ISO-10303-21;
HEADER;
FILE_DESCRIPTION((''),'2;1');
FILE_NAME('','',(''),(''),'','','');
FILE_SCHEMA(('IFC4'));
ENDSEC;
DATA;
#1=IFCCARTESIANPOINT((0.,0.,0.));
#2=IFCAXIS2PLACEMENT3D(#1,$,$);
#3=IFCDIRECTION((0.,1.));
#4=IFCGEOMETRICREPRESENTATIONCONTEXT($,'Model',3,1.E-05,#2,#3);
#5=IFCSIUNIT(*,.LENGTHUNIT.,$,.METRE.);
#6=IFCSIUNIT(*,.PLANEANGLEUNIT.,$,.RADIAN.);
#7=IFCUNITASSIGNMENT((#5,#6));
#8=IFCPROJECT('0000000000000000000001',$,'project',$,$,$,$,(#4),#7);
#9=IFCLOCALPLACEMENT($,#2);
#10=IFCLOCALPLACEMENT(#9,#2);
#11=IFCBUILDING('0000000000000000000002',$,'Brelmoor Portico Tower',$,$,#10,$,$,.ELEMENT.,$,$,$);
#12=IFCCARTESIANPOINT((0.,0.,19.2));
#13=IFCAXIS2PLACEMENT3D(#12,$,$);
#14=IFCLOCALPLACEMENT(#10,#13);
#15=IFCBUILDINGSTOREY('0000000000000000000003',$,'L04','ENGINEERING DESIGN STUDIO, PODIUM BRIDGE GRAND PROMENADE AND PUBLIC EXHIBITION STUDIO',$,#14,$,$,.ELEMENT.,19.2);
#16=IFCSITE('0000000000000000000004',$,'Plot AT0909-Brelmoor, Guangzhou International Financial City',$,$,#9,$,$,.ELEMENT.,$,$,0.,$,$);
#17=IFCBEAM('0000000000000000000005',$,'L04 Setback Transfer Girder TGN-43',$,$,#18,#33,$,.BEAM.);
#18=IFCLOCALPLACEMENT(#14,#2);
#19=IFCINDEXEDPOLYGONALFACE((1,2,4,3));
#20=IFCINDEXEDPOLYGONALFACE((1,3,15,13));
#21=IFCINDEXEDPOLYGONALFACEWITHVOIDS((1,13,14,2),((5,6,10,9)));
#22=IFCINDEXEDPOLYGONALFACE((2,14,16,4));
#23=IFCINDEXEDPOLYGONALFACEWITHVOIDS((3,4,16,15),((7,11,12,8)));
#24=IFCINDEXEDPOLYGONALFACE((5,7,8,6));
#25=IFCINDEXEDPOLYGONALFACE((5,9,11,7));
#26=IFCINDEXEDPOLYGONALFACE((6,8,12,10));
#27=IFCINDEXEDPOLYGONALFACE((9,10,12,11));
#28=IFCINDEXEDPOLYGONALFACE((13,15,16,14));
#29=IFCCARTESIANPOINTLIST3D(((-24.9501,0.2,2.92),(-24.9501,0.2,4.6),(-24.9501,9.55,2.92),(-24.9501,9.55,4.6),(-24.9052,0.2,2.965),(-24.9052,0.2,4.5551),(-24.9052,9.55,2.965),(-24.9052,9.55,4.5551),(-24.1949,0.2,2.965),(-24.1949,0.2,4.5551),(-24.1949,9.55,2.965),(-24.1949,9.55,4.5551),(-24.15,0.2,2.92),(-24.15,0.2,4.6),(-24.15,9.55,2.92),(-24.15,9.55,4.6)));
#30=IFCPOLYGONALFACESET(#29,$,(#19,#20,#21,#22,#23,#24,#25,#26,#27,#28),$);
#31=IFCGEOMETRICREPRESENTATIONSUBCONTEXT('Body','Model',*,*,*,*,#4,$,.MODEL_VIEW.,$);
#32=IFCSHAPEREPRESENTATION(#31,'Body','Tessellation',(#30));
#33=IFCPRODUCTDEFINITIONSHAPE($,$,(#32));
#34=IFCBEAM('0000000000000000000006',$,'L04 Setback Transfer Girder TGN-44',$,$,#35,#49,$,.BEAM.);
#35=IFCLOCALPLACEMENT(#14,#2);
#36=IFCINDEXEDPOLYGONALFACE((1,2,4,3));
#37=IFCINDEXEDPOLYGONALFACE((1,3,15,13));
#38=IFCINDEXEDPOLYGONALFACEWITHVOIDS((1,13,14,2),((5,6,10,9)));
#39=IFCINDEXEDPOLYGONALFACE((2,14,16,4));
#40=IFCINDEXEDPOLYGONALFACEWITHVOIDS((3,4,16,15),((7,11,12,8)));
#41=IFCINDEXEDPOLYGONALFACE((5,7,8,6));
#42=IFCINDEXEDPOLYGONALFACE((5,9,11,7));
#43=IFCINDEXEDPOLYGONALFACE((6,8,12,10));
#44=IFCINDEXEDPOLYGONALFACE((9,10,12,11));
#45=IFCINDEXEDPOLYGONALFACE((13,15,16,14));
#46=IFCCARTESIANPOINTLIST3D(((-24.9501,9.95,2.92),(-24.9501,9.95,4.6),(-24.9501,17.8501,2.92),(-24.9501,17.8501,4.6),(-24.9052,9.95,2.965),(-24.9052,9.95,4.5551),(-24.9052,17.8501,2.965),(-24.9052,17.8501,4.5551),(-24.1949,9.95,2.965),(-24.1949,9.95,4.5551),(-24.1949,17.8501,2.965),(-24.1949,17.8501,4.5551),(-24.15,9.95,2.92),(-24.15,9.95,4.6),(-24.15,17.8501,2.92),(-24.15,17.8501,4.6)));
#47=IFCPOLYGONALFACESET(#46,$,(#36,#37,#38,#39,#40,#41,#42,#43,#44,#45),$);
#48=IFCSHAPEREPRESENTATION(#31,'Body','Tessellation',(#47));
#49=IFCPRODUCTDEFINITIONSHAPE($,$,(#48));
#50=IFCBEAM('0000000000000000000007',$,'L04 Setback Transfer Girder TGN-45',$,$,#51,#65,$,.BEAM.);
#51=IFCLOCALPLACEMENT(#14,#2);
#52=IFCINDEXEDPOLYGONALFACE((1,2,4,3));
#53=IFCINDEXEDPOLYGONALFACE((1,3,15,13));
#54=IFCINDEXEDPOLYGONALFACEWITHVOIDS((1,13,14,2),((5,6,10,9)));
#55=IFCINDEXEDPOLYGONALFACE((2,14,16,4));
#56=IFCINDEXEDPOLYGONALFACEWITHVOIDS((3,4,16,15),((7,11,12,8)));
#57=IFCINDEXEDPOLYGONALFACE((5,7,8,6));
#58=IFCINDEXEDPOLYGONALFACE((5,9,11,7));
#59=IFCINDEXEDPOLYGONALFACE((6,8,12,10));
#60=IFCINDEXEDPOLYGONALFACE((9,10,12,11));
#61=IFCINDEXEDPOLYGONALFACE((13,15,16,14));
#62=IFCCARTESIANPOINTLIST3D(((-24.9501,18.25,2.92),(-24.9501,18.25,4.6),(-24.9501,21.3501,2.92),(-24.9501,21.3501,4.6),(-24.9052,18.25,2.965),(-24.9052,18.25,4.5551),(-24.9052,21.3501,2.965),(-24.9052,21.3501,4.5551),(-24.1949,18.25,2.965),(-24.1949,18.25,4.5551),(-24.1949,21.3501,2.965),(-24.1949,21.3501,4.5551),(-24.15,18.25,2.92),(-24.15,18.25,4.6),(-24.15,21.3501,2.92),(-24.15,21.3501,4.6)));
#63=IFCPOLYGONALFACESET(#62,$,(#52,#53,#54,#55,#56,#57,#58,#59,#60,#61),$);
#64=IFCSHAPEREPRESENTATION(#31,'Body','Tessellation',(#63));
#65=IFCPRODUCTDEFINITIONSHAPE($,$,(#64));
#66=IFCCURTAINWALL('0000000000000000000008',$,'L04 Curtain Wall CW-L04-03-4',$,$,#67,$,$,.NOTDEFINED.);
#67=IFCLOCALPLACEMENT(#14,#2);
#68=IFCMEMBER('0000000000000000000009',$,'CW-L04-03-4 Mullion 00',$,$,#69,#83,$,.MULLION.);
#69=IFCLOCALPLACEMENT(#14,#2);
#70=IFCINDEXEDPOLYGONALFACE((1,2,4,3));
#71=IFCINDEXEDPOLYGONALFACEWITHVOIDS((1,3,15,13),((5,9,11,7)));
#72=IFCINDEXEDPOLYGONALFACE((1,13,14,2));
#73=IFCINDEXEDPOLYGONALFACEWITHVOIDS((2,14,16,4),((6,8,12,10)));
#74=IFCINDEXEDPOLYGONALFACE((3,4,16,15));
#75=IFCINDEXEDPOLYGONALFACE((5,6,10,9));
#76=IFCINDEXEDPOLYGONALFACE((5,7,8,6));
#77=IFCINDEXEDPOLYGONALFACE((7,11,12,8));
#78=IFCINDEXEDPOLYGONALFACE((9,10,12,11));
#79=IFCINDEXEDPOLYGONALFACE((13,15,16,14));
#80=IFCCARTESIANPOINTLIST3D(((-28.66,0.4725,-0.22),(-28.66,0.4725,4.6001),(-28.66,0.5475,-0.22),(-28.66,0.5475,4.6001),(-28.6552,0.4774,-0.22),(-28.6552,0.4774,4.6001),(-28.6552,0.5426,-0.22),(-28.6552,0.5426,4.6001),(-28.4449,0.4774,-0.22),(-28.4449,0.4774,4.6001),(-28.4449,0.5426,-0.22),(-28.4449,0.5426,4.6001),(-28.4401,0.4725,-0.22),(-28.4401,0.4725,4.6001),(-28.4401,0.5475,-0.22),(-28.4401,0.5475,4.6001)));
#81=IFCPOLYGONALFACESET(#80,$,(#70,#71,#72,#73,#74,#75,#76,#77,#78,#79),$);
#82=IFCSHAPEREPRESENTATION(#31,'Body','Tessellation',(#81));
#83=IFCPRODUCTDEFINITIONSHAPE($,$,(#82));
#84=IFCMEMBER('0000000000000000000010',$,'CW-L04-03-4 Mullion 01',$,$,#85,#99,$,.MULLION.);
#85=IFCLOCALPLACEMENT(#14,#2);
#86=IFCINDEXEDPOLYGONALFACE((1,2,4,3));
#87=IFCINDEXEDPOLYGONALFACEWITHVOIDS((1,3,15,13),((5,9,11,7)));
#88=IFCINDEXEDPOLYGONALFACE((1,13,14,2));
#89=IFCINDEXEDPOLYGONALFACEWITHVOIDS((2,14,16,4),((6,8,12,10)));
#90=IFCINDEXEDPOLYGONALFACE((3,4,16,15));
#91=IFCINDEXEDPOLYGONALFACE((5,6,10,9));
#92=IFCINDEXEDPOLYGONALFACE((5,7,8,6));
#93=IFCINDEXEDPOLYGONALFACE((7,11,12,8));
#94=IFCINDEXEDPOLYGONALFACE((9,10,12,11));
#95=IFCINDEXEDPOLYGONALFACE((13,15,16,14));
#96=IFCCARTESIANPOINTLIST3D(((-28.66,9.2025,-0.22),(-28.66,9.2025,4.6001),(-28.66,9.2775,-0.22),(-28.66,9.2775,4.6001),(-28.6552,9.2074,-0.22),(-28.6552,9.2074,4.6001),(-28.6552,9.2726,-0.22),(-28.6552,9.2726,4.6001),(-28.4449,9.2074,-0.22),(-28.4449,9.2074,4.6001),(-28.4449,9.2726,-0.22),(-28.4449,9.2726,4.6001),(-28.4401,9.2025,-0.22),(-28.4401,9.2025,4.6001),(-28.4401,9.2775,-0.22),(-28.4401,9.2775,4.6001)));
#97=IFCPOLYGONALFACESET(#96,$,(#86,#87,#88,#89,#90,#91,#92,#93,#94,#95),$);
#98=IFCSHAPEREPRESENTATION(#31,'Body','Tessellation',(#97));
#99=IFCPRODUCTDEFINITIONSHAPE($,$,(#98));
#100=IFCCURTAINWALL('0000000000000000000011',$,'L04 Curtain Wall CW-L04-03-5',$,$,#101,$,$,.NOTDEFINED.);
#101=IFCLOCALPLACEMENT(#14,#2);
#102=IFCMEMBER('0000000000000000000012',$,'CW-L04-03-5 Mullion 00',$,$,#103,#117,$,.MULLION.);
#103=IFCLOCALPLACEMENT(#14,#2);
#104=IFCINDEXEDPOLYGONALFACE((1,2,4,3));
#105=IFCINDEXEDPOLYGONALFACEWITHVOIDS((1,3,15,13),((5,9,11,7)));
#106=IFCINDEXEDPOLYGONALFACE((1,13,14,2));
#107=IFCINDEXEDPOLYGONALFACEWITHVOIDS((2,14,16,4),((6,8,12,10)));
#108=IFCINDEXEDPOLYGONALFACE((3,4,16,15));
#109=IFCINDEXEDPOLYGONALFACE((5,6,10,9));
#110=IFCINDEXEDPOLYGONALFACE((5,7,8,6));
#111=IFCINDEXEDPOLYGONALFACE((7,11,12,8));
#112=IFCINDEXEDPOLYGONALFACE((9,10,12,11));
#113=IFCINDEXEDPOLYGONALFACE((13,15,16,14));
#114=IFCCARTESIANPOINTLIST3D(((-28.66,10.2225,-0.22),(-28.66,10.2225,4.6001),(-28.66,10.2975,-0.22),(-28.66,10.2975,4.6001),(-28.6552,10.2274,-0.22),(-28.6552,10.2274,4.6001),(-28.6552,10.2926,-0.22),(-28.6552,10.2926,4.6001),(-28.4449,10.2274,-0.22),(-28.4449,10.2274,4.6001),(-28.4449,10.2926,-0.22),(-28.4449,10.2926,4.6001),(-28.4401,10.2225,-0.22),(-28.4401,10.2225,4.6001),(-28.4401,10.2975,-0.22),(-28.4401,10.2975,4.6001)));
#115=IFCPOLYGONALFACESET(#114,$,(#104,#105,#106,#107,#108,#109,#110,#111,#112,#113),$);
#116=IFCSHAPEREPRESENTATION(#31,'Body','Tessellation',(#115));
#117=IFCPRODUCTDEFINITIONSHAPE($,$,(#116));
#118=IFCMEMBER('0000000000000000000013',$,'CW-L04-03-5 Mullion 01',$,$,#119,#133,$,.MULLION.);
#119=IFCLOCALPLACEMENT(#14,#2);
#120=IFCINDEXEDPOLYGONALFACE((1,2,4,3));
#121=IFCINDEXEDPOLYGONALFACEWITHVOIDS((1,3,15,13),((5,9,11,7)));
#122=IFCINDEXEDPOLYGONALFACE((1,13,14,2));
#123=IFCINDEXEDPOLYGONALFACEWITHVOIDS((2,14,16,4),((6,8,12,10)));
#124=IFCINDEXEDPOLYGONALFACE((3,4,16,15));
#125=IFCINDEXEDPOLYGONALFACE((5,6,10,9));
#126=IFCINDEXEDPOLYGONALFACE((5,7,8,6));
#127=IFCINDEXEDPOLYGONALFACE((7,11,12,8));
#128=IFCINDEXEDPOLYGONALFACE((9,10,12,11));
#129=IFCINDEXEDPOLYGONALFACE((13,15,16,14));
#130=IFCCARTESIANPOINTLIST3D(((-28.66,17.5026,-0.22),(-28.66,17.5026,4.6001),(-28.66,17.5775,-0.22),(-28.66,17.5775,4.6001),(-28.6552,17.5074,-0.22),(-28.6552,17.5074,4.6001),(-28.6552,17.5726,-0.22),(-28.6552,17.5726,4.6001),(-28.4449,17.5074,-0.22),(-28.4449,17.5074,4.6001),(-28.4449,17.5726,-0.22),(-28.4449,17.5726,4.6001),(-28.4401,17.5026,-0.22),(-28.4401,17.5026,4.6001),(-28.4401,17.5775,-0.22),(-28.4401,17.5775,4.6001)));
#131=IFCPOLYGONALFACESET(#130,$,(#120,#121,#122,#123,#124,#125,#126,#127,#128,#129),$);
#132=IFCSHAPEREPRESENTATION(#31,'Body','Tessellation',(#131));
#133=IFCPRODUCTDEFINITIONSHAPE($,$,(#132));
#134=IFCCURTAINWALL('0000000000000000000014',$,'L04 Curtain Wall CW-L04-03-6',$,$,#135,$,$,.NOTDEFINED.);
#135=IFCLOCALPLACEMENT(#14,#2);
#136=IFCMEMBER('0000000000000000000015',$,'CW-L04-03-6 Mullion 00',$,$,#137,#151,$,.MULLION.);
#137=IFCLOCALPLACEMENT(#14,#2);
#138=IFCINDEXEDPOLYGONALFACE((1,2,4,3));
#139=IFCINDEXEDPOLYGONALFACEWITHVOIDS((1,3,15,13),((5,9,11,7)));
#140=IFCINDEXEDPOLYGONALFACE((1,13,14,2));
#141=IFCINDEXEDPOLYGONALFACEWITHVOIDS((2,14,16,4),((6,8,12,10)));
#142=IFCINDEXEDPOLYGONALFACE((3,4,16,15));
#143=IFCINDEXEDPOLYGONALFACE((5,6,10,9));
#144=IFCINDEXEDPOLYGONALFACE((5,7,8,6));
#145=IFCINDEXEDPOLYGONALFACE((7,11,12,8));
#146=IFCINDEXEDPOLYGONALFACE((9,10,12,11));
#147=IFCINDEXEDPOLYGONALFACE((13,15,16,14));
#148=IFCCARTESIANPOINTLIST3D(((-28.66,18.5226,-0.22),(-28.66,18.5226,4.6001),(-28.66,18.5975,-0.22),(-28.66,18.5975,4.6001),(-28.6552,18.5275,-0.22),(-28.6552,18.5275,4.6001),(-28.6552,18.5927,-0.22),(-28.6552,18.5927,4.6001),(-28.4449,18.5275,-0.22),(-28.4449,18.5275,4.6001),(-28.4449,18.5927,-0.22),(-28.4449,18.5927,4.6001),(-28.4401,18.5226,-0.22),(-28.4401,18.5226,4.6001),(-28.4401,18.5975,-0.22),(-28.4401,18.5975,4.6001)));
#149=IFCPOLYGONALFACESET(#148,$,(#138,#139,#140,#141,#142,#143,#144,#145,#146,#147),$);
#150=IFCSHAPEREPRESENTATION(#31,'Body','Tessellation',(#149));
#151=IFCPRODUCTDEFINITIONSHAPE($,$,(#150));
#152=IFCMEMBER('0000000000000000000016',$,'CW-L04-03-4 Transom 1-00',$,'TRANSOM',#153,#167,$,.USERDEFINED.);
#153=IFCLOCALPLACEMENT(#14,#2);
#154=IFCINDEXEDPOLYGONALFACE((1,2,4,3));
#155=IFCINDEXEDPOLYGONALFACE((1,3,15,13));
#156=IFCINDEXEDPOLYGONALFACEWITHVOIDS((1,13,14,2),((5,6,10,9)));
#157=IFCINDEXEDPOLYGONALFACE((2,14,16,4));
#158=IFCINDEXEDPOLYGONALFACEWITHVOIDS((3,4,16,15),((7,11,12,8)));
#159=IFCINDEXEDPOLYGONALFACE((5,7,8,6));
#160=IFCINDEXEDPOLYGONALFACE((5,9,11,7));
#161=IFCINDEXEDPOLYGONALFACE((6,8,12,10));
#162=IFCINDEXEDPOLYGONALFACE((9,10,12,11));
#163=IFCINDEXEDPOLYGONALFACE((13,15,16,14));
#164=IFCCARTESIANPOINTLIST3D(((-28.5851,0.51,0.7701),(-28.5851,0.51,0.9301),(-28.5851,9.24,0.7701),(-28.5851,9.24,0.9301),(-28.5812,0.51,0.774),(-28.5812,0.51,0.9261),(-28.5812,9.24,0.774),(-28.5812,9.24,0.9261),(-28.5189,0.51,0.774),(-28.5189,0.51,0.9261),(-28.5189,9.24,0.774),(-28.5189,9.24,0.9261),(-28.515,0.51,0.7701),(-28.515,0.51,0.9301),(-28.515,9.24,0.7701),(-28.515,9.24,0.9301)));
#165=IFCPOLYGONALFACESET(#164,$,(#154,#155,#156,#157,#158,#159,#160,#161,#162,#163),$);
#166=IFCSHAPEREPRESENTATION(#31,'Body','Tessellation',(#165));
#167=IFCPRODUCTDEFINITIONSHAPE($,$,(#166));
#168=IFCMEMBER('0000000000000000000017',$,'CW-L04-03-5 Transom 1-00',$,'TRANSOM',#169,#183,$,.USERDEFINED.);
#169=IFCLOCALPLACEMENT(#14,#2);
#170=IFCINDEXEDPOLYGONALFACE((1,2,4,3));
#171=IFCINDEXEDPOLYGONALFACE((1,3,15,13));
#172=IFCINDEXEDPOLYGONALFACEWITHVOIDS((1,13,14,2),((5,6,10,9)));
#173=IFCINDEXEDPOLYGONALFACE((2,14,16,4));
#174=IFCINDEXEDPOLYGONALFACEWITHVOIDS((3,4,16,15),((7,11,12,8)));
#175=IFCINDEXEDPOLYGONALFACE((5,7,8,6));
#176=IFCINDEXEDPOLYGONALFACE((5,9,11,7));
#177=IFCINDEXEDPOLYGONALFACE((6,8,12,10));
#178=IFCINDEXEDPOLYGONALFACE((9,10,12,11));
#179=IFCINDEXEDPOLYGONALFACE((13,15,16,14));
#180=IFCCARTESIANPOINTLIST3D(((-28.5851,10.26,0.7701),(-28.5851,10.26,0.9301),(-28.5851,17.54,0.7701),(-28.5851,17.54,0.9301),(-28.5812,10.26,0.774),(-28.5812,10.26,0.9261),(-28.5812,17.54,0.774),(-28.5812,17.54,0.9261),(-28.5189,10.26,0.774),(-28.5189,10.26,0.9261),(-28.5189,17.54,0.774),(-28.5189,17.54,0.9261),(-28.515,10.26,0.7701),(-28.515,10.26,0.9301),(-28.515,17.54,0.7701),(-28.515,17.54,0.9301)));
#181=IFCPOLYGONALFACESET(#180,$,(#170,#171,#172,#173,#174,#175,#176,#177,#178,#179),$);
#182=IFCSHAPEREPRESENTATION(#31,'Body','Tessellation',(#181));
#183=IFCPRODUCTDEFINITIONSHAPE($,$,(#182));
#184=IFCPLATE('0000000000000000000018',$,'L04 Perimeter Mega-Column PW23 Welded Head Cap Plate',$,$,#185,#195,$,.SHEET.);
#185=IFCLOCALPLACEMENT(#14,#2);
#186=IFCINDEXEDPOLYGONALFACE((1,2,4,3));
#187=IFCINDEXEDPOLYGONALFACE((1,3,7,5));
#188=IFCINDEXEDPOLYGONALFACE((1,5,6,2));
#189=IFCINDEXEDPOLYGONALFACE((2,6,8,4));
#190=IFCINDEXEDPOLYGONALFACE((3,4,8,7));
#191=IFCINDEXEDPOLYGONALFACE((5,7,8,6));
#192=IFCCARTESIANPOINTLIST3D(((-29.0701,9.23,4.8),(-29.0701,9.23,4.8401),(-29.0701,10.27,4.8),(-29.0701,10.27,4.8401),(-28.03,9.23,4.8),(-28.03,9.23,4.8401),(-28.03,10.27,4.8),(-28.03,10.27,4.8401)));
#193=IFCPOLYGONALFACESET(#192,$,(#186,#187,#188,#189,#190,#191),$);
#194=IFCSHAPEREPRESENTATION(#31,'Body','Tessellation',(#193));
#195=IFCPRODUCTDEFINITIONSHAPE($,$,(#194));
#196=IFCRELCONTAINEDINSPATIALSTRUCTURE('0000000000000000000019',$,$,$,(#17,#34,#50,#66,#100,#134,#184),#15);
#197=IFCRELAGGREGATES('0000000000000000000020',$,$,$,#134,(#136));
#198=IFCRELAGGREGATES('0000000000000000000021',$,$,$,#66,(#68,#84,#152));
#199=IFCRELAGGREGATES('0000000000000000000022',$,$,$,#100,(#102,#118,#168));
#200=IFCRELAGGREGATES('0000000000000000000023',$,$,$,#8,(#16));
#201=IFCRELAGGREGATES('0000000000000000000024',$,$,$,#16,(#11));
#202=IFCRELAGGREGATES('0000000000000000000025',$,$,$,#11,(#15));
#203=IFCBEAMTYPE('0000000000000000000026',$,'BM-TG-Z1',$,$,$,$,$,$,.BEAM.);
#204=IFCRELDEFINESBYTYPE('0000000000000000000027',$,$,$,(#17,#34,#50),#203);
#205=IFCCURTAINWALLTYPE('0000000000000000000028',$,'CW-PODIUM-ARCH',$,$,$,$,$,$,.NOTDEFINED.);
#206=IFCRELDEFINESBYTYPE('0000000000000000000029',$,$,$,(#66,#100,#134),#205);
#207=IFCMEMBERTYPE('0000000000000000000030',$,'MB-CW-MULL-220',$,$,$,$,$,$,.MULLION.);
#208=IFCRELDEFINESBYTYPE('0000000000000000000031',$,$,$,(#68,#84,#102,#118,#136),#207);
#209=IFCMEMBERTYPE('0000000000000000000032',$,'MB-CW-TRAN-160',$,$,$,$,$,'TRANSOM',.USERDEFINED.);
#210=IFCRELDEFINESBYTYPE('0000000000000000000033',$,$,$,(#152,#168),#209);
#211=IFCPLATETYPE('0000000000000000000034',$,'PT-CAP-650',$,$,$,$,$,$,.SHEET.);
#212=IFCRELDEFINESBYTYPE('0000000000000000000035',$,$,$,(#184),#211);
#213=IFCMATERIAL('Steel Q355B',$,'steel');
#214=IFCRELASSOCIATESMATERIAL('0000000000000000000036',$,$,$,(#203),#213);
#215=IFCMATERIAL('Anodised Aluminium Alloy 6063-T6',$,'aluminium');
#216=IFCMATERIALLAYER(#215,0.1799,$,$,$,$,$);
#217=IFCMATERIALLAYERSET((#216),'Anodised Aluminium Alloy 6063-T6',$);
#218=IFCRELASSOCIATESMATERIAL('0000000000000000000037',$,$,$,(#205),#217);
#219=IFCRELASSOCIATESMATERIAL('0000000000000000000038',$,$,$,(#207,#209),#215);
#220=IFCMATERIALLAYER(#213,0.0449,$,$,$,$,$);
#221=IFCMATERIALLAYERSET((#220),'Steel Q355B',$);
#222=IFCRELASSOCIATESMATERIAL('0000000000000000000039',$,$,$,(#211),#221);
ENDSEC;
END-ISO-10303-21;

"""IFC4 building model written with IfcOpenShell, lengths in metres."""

from ifc_helpers import new_model, si_unit, direction, frame, origin, origin_2d, place, context, subcontext, project, spatial, rectangle, hollow_rectangle, extrude, material, layer, layer_set, material_profile, profile_set, type_object, element, aggregate, save


model = new_model("IFC4")

# Units and contexts
model_context = context("Model", 3, precision=1e-05, world=origin(), true_north=direction((0.0, 1.0)))
body_context = subcontext(model_context, "Body", "Model", "MODEL_VIEW")
ifc_project = project(units=[si_unit("LENGTHUNIT", "METRE"), si_unit("PLANEANGLEUNIT", "RADIAN")], contexts=[model_context])

# Site, building, storey
site_placement = place(None, origin())
site = spatial("IfcSite", under=ifc_project, at=site_placement, Name="Plot AT0909-Brelmoor, Guangzhou International Financial City", CompositionType="ELEMENT", RefElevation=0.0)
building_placement = place(site_placement, origin())
building = spatial("IfcBuilding", under=site, at=building_placement, Name="Brelmoor Portico Tower", CompositionType="ELEMENT")
storey_placement = place(building_placement, frame((0.0, 0.0, 19.2)))
storey = spatial("IfcBuildingStorey", under=building, at=storey_placement, Name="L04", Description="ENGINEERING DESIGN STUDIO, PODIUM BRIDGE GRAND PROMENADE AND PUBLIC EXHIBITION STUDIO", CompositionType="ELEMENT", Elevation=19.2)

# Shared definitions
ifc_material_1 = material(Name="Steel Q355B", Category="steel")

# Beams
ifc_material_profile_1 = material_profile(ifc_material_1, hollow_rectangle(XDim=0.8, YDim=1.6799, WallThickness=0.0449, at=origin_2d()), Name="BOX 800x1680x45")
ifc_profile_set_1 = profile_set([ifc_material_profile_1], Name="Steel Q355B")
beam_type = type_object("IfcBeamType", Name="BM-TG-Z1", PredefinedType="BEAM", material=ifc_profile_set_1)
beam_1_placement = place(storey_placement, frame((-24.55, 0.2, 3.76), z_axis=(0.0, 1.0, 0.0), x_axis=(-1.0, 0.0, 0.0)))
element("IfcBeam", 1, at=beam_1_placement, inside=storey, type_object=beam_type, Name="L04 Setback Transfer Girder TGN-43", PredefinedType="BEAM", context=body_context, shape_type="SweptSolid", body=[
    extrude(hollow_rectangle(XDim=0.8, YDim=1.6799, WallThickness=0.0449, at=origin_2d()), origin(), (0.0, 0.0, 1.0), 9.3501),
])
beam_2_placement = place(storey_placement, frame((-24.55, 9.95, 3.76), z_axis=(0.0, 1.0, 0.0), x_axis=(-1.0, 0.0, 0.0)))
element("IfcBeam", 2, at=beam_2_placement, inside=storey, type_object=beam_type, Name="L04 Setback Transfer Girder TGN-44", PredefinedType="BEAM", context=body_context, shape_type="SweptSolid", body=[
    extrude(hollow_rectangle(XDim=0.8, YDim=1.6799, WallThickness=0.0449, at=origin_2d()), origin(), (0.0, 0.0, 1.0), 7.9001),
])
beam_3_placement = place(storey_placement, frame((-24.55, 18.25, 3.76), z_axis=(0.0, 1.0, 0.0), x_axis=(-1.0, 0.0, 0.0)))
element("IfcBeam", 3, at=beam_3_placement, inside=storey, type_object=beam_type, Name="L04 Setback Transfer Girder TGN-45", PredefinedType="BEAM", context=body_context, shape_type="SweptSolid", body=[
    extrude(hollow_rectangle(XDim=0.8, YDim=1.6799, WallThickness=0.0449, at=origin_2d()), origin(), (0.0, 0.0, 1.0), 3.1001),
])

# Curtain walls, members
ifc_material_2 = material(Name="Anodised Aluminium Alloy 6063-T6", Category="aluminium")
ifc_layer_1 = layer(ifc_material_2, 0.1799)
ifc_layer_set_1 = layer_set([ifc_layer_1], Name="Anodised Aluminium Alloy 6063-T6")
curtain_wall_type = type_object("IfcCurtainWallType", Name="CW-PODIUM-ARCH", PredefinedType="NOTDEFINED", material=ifc_layer_set_1)
curtain_wall_1_placement = place(storey_placement, origin())
curtain_wall_1 = element("IfcCurtainWall", 4, at=curtain_wall_1_placement, inside=storey, type_object=curtain_wall_type, Name="L04 Curtain Wall CW-L04-03-4", PredefinedType="NOTDEFINED")
ifc_material_profile_2 = material_profile(ifc_material_2, hollow_rectangle(XDim=0.075, YDim=0.22, WallThickness=0.0049, at=origin_2d()), Name="ALU MULLION 75x220")
ifc_profile_set_2 = profile_set([ifc_material_profile_2], Name="Anodised Aluminium Alloy 6063-T6")
member_type_1 = type_object("IfcMemberType", Name="MB-CW-MULL-220", PredefinedType="MULLION", material=ifc_profile_set_2)
member_1_placement = place(storey_placement, frame((-28.55, 0.51, -0.22), z_axis=(0.0, 0.0, 1.0), x_axis=(0.0, 1.0, 0.0)))
member_1 = element("IfcMember", 5, at=member_1_placement, type_object=member_type_1, Name="CW-L04-03-4 Mullion 00", PredefinedType="MULLION", context=body_context, shape_type="SweptSolid", body=[
    extrude(hollow_rectangle(XDim=0.075, YDim=0.22, WallThickness=0.0049, at=origin_2d()), origin(), (0.0, 0.0, 1.0), 4.8201),
])
member_2_placement = place(storey_placement, frame((-28.55, 9.24, -0.22), z_axis=(0.0, 0.0, 1.0), x_axis=(0.0, 1.0, 0.0)))
member_2 = element("IfcMember", 6, at=member_2_placement, type_object=member_type_1, Name="CW-L04-03-4 Mullion 01", PredefinedType="MULLION", context=body_context, shape_type="SweptSolid", body=[
    extrude(hollow_rectangle(XDim=0.075, YDim=0.22, WallThickness=0.0049, at=origin_2d()), origin(), (0.0, 0.0, 1.0), 4.8201),
])
curtain_wall_2_placement = place(storey_placement, origin())
curtain_wall_2 = element("IfcCurtainWall", 7, at=curtain_wall_2_placement, inside=storey, type_object=curtain_wall_type, Name="L04 Curtain Wall CW-L04-03-5", PredefinedType="NOTDEFINED")
member_3_placement = place(storey_placement, frame((-28.55, 10.26, -0.22), z_axis=(0.0, 0.0, 1.0), x_axis=(0.0, 1.0, 0.0)))
member_3 = element("IfcMember", 8, at=member_3_placement, type_object=member_type_1, Name="CW-L04-03-5 Mullion 00", PredefinedType="MULLION", context=body_context, shape_type="SweptSolid", body=[
    extrude(hollow_rectangle(XDim=0.075, YDim=0.22, WallThickness=0.0049, at=origin_2d()), origin(), (0.0, 0.0, 1.0), 4.8201),
])
member_4_placement = place(storey_placement, frame((-28.55, 17.54, -0.22), z_axis=(0.0, 0.0, 1.0), x_axis=(0.0, 1.0, 0.0)))
member_4 = element("IfcMember", 9, at=member_4_placement, type_object=member_type_1, Name="CW-L04-03-5 Mullion 01", PredefinedType="MULLION", context=body_context, shape_type="SweptSolid", body=[
    extrude(hollow_rectangle(XDim=0.075, YDim=0.22, WallThickness=0.0049, at=origin_2d()), origin(), (0.0, 0.0, 1.0), 4.8201),
])

# Curtain wall, member
curtain_wall_3_placement = place(storey_placement, origin())
curtain_wall_3 = element("IfcCurtainWall", 10, at=curtain_wall_3_placement, inside=storey, type_object=curtain_wall_type, Name="L04 Curtain Wall CW-L04-03-6", PredefinedType="NOTDEFINED")
member_5_placement = place(storey_placement, frame((-28.55, 18.5601, -0.22), z_axis=(0.0, 0.0, 1.0), x_axis=(0.0, 1.0, 0.0)))
member_5 = element("IfcMember", 11, at=member_5_placement, type_object=member_type_1, Name="CW-L04-03-6 Mullion 00", PredefinedType="MULLION", context=body_context, shape_type="SweptSolid", body=[
    extrude(hollow_rectangle(XDim=0.075, YDim=0.22, WallThickness=0.0049, at=origin_2d()), origin(), (0.0, 0.0, 1.0), 4.8201),
])
aggregate(curtain_wall_3, [member_5])

# Members
ifc_material_profile_3 = material_profile(ifc_material_2, hollow_rectangle(XDim=0.0701, YDim=0.1599, WallThickness=0.0039, at=origin_2d()), Name="ALU TRANSOM 70x160")
ifc_profile_set_3 = profile_set([ifc_material_profile_3], Name="Anodised Aluminium Alloy 6063-T6")
member_type_2 = type_object("IfcMemberType", Name="MB-CW-TRAN-160", ElementType="TRANSOM", PredefinedType="USERDEFINED", material=ifc_profile_set_3)
member_6_placement = place(storey_placement, frame((-28.55, 0.51, 0.8501), z_axis=(0.0, 1.0, 0.0), x_axis=(-1.0, 0.0, 0.0)))
member_6 = element("IfcMember", 12, at=member_6_placement, type_object=member_type_2, Name="CW-L04-03-4 Transom 1-00", ObjectType="TRANSOM", PredefinedType="USERDEFINED", context=body_context, shape_type="SweptSolid", body=[
    extrude(hollow_rectangle(XDim=0.0701, YDim=0.1599, WallThickness=0.0039, at=origin_2d()), origin(), (0.0, 0.0, 1.0), 8.73),
])
member_7_placement = place(storey_placement, frame((-28.55, 10.26, 0.8501), z_axis=(0.0, 1.0, 0.0), x_axis=(-1.0, 0.0, 0.0)))
member_7 = element("IfcMember", 13, at=member_7_placement, type_object=member_type_2, Name="CW-L04-03-5 Transom 1-00", ObjectType="TRANSOM", PredefinedType="USERDEFINED", context=body_context, shape_type="SweptSolid", body=[
    extrude(hollow_rectangle(XDim=0.0701, YDim=0.1599, WallThickness=0.0039, at=origin_2d()), origin(), (0.0, 0.0, 1.0), 7.28),
])

# Plate
ifc_layer_2 = layer(ifc_material_1, 0.0449)
ifc_layer_set_2 = layer_set([ifc_layer_2], Name="Steel Q355B")
plate_type_1 = type_object("IfcPlateType", Name="PT-CAP-650", PredefinedType="SHEET", material=ifc_layer_set_2)
for number, where, z_axis, x_axis, name in (
    (14, (-28.55, 9.75, 4.8), (0.0, 0.0, 1.0), (0.0, 1.0, 0.0), "L04 Perimeter Mega-Column PW23 Welded Head Cap Plate"),
):
    element("IfcPlate", number, at=place(storey_placement, frame(where, z_axis=z_axis, x_axis=x_axis)), inside=storey, type_object=plate_type_1, Name=name, PredefinedType="SHEET", context=body_context, shape_type="SweptSolid", body=[
        extrude(rectangle(XDim=1.04, YDim=1.04, at=origin_2d()), origin(), (0.0, 0.0, 1.0), 0.04),
    ])

aggregate(curtain_wall_1, [member_1, member_2, member_6])
aggregate(curtain_wall_2, [member_3, member_4, member_7])

save(model, "model.ifc")
